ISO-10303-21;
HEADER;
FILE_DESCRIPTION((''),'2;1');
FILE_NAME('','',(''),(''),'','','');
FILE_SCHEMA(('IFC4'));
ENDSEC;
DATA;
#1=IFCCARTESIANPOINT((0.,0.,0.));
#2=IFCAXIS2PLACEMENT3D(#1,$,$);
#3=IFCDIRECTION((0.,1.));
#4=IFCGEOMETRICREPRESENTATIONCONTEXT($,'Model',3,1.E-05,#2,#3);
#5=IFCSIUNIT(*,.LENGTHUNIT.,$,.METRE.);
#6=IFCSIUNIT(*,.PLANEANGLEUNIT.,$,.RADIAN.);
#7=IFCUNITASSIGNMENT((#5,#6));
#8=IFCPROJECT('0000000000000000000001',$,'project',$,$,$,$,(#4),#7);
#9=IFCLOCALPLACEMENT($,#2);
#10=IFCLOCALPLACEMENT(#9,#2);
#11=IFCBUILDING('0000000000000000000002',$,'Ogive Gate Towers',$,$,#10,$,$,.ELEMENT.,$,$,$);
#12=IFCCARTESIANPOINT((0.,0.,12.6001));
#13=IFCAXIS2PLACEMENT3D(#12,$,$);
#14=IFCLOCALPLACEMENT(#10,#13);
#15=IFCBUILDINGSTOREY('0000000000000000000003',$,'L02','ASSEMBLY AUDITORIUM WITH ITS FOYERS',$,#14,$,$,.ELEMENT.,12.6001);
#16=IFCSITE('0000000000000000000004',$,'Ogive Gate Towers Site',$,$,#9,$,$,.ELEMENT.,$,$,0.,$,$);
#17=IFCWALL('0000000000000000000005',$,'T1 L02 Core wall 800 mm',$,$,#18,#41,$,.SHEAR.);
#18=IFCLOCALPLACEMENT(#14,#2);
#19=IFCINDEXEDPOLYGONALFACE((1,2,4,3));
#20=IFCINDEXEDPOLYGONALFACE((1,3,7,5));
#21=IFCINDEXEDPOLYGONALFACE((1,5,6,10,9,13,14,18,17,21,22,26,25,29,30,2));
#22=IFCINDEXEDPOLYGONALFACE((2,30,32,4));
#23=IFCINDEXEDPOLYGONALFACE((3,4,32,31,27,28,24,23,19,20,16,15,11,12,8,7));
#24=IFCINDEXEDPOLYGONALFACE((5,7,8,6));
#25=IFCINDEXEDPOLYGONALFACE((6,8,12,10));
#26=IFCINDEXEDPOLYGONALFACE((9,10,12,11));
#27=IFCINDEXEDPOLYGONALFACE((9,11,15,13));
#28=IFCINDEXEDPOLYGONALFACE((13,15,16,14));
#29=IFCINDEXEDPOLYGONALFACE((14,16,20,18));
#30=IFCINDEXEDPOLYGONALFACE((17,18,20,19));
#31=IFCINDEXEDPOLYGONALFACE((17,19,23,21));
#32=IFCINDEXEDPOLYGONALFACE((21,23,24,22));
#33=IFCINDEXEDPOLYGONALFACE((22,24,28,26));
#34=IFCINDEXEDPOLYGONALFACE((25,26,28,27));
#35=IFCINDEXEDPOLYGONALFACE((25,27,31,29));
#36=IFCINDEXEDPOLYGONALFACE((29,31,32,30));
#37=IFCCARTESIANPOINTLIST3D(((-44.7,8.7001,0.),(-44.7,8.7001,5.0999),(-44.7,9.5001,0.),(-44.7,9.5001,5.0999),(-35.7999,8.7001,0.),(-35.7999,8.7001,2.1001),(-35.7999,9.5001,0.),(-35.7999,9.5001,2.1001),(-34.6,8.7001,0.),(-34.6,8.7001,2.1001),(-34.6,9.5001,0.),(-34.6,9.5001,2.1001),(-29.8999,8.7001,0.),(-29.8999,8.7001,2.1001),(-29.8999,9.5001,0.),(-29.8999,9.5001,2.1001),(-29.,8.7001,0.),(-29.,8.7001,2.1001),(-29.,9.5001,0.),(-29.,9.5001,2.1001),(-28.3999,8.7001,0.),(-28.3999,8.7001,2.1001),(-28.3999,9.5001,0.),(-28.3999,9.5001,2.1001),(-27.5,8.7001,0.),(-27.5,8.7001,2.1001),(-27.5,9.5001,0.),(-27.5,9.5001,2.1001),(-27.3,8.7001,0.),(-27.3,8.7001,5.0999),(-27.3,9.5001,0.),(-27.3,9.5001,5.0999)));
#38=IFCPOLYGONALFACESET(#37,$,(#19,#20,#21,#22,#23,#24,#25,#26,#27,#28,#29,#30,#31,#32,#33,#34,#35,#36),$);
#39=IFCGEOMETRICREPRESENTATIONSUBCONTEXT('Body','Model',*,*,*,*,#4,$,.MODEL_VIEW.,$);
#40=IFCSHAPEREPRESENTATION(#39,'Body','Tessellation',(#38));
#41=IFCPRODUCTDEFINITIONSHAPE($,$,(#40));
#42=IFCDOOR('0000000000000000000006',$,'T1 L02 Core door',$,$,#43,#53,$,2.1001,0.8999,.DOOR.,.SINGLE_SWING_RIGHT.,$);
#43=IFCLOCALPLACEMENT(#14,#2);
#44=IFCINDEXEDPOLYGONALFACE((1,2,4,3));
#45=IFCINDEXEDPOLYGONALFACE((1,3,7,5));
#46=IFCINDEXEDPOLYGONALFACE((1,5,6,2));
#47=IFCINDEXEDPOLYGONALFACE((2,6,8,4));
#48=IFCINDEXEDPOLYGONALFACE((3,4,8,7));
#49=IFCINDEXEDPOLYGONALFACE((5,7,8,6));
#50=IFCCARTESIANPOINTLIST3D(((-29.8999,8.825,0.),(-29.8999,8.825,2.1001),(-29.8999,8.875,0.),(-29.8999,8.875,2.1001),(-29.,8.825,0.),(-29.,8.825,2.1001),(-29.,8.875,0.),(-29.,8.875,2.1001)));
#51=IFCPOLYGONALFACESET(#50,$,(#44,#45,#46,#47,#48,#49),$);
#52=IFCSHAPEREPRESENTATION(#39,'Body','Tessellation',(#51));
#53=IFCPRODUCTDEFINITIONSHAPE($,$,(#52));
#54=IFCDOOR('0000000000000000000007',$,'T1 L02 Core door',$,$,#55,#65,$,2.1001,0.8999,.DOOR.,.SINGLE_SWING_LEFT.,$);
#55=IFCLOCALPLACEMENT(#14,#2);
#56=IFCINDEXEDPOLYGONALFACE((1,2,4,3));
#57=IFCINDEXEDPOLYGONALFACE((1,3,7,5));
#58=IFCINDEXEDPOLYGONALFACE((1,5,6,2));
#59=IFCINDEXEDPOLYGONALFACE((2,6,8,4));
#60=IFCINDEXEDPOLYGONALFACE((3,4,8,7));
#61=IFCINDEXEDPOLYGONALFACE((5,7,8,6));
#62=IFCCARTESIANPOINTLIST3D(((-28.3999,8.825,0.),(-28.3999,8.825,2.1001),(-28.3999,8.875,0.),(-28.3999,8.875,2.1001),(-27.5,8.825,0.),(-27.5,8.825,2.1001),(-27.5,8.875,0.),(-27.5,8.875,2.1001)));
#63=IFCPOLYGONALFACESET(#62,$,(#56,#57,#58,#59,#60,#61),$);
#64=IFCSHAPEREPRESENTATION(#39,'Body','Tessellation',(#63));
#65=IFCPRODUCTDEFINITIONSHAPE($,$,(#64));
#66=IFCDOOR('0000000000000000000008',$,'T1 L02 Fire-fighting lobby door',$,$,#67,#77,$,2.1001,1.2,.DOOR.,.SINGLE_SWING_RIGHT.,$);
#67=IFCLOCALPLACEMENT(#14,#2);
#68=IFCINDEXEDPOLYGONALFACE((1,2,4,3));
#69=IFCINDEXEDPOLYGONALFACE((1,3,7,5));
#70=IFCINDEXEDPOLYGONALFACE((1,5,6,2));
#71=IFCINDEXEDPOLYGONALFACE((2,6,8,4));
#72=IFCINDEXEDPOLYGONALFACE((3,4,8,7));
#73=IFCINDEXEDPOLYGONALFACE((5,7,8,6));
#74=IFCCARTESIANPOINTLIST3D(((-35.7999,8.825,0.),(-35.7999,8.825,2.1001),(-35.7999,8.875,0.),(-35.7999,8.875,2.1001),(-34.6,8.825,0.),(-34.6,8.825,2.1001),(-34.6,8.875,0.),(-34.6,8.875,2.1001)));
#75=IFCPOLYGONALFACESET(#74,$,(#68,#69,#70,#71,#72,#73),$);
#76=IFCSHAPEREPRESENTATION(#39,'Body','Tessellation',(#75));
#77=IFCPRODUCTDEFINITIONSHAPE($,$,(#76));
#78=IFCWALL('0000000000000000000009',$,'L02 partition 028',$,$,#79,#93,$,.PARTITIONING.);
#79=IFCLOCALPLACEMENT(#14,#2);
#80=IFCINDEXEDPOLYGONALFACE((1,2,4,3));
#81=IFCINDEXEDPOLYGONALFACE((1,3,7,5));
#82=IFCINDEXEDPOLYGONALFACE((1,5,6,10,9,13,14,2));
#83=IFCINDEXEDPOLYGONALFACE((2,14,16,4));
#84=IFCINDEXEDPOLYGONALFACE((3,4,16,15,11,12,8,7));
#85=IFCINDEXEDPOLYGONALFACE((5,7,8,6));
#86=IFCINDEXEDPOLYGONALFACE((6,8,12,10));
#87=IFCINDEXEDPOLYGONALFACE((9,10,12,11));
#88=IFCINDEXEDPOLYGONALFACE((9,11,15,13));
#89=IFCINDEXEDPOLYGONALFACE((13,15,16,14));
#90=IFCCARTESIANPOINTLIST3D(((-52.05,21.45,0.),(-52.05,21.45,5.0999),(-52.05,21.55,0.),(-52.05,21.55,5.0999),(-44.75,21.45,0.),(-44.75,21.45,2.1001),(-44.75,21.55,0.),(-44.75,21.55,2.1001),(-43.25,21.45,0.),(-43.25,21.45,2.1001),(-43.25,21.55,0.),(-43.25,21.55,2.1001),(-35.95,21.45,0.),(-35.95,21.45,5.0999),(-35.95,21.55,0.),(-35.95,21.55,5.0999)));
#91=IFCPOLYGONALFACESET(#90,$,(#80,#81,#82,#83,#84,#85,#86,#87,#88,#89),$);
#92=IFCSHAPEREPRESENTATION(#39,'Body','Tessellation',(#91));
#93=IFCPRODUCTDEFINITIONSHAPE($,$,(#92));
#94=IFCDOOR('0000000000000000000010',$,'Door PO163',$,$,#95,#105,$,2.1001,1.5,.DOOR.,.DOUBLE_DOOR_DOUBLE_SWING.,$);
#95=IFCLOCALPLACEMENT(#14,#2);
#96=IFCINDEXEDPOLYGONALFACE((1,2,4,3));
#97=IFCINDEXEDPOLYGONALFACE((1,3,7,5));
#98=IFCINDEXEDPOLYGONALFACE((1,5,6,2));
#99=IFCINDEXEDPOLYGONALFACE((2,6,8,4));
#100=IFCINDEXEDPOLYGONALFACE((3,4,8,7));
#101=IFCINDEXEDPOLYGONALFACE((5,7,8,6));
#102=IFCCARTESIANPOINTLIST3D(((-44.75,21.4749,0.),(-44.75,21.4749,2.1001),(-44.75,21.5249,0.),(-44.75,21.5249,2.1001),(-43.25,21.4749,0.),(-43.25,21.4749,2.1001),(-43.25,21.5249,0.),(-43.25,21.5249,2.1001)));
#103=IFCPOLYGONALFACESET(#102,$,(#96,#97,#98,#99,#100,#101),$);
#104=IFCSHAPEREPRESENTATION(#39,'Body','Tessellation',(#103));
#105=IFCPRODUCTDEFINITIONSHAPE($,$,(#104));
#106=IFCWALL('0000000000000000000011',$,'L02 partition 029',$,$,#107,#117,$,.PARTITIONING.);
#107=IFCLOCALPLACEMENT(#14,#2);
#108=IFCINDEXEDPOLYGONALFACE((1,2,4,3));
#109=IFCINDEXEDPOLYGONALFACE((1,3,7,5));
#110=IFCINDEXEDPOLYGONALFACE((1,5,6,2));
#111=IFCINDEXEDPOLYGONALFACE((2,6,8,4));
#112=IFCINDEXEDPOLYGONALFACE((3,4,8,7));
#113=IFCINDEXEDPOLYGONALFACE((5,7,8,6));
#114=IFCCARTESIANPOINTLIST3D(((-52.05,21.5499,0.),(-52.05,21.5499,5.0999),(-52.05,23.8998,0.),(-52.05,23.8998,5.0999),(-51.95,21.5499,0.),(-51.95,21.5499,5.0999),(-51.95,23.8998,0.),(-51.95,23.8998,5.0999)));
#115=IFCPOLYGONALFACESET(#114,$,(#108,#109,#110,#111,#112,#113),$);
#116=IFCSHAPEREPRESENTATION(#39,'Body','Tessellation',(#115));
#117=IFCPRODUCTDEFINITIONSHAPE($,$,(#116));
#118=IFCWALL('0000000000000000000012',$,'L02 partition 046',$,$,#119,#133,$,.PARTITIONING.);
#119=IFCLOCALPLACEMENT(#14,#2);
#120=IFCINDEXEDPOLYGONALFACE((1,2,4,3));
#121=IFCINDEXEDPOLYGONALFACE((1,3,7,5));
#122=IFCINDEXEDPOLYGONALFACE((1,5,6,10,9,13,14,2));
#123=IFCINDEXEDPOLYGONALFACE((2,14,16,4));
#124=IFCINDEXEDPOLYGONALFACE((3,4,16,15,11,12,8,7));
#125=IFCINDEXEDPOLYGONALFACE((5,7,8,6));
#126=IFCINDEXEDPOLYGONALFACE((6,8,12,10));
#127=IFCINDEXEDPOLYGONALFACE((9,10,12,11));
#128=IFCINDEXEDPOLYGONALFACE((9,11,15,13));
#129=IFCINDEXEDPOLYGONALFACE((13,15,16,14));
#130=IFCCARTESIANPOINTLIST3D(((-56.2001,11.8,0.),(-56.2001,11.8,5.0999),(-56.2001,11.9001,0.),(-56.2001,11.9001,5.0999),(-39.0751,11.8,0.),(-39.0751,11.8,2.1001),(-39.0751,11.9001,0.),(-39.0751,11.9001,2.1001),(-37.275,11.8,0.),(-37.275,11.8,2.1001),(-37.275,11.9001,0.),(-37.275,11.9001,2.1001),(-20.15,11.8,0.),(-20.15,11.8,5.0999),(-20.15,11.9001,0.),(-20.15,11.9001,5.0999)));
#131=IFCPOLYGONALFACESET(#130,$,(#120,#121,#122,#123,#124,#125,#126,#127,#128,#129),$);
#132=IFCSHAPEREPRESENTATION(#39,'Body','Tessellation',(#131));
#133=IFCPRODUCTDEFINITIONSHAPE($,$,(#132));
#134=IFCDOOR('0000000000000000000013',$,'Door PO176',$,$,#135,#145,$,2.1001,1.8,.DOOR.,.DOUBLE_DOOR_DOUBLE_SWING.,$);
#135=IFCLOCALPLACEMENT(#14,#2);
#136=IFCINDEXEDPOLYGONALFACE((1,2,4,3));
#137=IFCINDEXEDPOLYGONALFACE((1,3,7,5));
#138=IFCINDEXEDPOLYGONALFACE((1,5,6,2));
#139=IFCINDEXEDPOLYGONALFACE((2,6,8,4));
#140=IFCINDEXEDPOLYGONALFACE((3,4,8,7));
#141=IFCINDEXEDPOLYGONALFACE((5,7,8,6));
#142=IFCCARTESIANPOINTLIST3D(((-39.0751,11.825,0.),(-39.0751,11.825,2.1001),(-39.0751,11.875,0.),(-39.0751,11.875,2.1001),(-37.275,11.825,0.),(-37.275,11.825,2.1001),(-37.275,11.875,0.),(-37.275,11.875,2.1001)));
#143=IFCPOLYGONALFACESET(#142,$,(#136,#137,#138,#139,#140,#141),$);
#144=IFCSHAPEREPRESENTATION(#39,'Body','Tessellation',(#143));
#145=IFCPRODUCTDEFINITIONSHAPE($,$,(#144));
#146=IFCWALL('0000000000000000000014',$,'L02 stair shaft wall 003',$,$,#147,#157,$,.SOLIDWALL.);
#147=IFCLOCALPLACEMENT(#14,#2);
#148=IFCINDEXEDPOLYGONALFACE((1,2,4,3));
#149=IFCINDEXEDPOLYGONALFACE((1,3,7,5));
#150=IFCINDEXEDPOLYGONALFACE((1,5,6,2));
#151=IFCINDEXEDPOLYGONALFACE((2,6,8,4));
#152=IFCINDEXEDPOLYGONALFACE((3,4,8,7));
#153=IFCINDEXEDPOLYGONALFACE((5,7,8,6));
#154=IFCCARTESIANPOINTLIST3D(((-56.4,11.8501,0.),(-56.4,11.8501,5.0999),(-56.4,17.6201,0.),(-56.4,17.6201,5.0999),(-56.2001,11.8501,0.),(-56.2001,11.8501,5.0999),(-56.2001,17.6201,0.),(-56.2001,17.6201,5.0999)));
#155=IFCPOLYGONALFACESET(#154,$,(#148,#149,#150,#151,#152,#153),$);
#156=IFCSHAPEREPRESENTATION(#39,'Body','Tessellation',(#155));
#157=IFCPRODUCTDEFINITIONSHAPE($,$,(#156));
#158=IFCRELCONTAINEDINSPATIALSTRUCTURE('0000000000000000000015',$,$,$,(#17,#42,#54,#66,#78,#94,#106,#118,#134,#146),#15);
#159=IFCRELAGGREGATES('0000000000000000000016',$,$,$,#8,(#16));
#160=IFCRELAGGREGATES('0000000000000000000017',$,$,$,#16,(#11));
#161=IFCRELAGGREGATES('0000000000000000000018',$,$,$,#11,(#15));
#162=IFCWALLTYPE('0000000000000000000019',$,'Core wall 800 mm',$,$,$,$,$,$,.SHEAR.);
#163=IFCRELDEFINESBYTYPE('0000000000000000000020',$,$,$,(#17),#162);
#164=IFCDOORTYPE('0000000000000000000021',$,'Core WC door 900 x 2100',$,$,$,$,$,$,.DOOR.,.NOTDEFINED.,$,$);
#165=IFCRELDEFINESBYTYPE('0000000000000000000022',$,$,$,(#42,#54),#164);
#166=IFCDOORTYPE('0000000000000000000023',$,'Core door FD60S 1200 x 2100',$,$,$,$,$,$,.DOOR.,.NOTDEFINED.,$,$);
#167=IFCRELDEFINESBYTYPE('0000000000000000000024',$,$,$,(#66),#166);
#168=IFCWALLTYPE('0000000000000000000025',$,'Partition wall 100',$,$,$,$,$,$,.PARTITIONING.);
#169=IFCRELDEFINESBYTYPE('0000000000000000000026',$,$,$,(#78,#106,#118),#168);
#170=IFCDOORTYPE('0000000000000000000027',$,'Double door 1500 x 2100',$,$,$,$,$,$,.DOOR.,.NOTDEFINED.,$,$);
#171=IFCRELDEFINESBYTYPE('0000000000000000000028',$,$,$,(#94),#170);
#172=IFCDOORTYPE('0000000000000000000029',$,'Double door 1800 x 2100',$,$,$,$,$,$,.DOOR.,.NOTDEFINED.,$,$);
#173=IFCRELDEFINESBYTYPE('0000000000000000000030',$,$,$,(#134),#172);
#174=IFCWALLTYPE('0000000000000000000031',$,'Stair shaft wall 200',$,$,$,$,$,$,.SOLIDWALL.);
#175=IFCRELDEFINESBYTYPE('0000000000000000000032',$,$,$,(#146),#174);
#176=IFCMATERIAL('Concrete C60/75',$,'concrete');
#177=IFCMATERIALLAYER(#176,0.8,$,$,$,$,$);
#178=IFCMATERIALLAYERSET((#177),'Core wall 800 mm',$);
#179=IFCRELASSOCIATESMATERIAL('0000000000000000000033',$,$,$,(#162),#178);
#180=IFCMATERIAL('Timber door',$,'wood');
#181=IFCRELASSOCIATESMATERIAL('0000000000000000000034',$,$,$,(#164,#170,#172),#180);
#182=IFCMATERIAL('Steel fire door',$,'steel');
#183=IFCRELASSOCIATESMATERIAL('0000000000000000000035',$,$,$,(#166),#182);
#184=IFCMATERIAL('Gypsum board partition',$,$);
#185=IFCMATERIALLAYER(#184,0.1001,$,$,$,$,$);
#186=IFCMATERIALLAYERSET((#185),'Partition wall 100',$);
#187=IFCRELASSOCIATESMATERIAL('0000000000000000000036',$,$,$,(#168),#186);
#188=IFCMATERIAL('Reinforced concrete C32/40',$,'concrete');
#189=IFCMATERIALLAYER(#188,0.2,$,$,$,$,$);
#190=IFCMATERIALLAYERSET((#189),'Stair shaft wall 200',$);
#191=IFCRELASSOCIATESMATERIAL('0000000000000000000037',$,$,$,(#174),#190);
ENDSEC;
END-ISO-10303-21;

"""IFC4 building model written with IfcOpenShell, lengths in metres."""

from ifc_helpers import new_model, si_unit, direction, frame, frame_2d, origin, place, context, subcontext, project, spatial, rectangle, extrude, material, layer, layer_set, type_object, element, fill, save


model = new_model("IFC4")

# Units and contexts
model_context = context("Model", 3, precision=1e-05, world=origin(), true_north=direction((0.0, 1.0)))
body_context = subcontext(model_context, "Body", "Model", "MODEL_VIEW")
ifc_project = project(units=[si_unit("LENGTHUNIT", "METRE"), si_unit("PLANEANGLEUNIT", "RADIAN")], contexts=[model_context])

# Site, building, storey
site_placement = place(None, origin())
site = spatial("IfcSite", under=ifc_project, at=site_placement, Name="Ogive Gate Towers Site", CompositionType="ELEMENT", RefElevation=0.0)
building_placement = place(site_placement, origin())
building = spatial("IfcBuilding", under=site, at=building_placement, Name="Ogive Gate Towers", CompositionType="ELEMENT")
storey_placement = place(building_placement, frame((0.0, 0.0, 12.6001)))
storey = spatial("IfcBuildingStorey", under=building, at=storey_placement, Name="L02", Description="ASSEMBLY AUDITORIUM WITH ITS FOYERS", CompositionType="ELEMENT", Elevation=12.6001)

# Wall, openings, doors
ifc_material_1 = material(Name="Concrete C60/75", Category="concrete")
ifc_layer_1 = layer(ifc_material_1, 0.8)
ifc_layer_set_1 = layer_set([ifc_layer_1], Name="Core wall 800 mm")
wall_type_1 = type_object("IfcWallType", Name="Core wall 800 mm", PredefinedType="SHEAR", material=ifc_layer_set_1)
wall_1_placement = place(storey_placement, frame((-44.7, 9.1001, 0.0), z_axis=(0.0, 0.0, 1.0), x_axis=(1.0, 0.0, 0.0)))
wall_1 = element("IfcWall", 1, at=wall_1_placement, inside=storey, type_object=wall_type_1, Name="T1 L02 Core wall 800 mm", PredefinedType="SHEAR", context=body_context, shape_type="SweptSolid", body=[
    extrude(rectangle(XDim=17.3999, YDim=0.8, at=frame_2d((8.7, 0.0))), origin(), (0.0, 0.0, 1.0), 5.0999),
])
opening_1_placement = place(wall_1_placement, frame((8.8999, 0.0, 0.0)))
opening_1 = element("IfcOpeningElement", 2, at=opening_1_placement, cuts=wall_1, PredefinedType="OPENING", context=body_context, shape_type="SweptSolid", body=[
    extrude(rectangle(XDim=1.2, YDim=2.1001, at=frame_2d((0.6001, 1.05))), frame((0.0, 0.4102, 0.0), z_axis=(0.0, -1.0, 0.0), x_axis=(1.0, 0.0, 0.0)), (0.0, 0.0, 1.0), 0.8201),
])
opening_2_placement = place(wall_1_placement, frame((14.8, 0.0, 0.0)))
opening_2 = element("IfcOpeningElement", 3, at=opening_2_placement, cuts=wall_1, PredefinedType="OPENING", context=body_context, shape_type="SweptSolid", body=[
    extrude(rectangle(XDim=0.8999, YDim=2.1001, at=frame_2d((0.45, 1.05))), frame((0.0, 0.4102, 0.0), z_axis=(0.0, -1.0, 0.0), x_axis=(1.0, 0.0, 0.0)), (0.0, 0.0, 1.0), 0.8201),
])
opening_3_placement = place(wall_1_placement, frame((16.3, 0.0, 0.0)))
opening_3 = element("IfcOpeningElement", 4, at=opening_3_placement, cuts=wall_1, PredefinedType="OPENING", context=body_context, shape_type="SweptSolid", body=[
    extrude(rectangle(XDim=0.8999, YDim=2.1001, at=frame_2d((0.45, 1.05))), frame((0.0, 0.4102, 0.0), z_axis=(0.0, -1.0, 0.0), x_axis=(1.0, 0.0, 0.0)), (0.0, 0.0, 1.0), 0.8201),
])
ifc_material_2 = material(Name="Timber door", Category="wood")
door_type_1 = type_object("IfcDoorType", Name="Core WC door 900 x 2100", OperationType="NOTDEFINED", PredefinedType="DOOR", material=ifc_material_2)
door_1_placement = place(opening_2_placement, origin())
door_1 = element("IfcDoor", 5, at=door_1_placement, inside=storey, type_object=door_type_1, Name="T1 L02 Core door", OperationType="SINGLE_SWING_RIGHT", OverallHeight=2.1001, OverallWidth=0.8999, PredefinedType="DOOR", context=body_context, shape_type="SweptSolid", body=[
    extrude(rectangle(XDim=0.8999, YDim=2.1001, at=frame_2d((0.45, 1.05))), frame((0.0, -0.2251, 0.0), z_axis=(0.0, -1.0, 0.0), x_axis=(1.0, 0.0, 0.0)), (0.0, 0.0, 1.0), 0.05),
])
fill(opening_2, door_1)
door_2_placement = place(opening_3_placement, origin())
door_2 = element("IfcDoor", 6, at=door_2_placement, inside=storey, type_object=door_type_1, Name="T1 L02 Core door", OperationType="SINGLE_SWING_LEFT", OverallHeight=2.1001, OverallWidth=0.8999, PredefinedType="DOOR", context=body_context, shape_type="SweptSolid", body=[
    extrude(rectangle(XDim=0.8999, YDim=2.1001, at=frame_2d((0.45, 1.05))), frame((0.0, -0.2251, 0.0), z_axis=(0.0, -1.0, 0.0), x_axis=(1.0, 0.0, 0.0)), (0.0, 0.0, 1.0), 0.05),
])
fill(opening_3, door_2)
ifc_material_3 = material(Name="Steel fire door", Category="steel")
door_type_2 = type_object("IfcDoorType", Name="Core door FD60S 1200 x 2100", OperationType="NOTDEFINED", PredefinedType="DOOR", material=ifc_material_3)
door_3_placement = place(opening_1_placement, origin())
door_3 = element("IfcDoor", 7, at=door_3_placement, inside=storey, type_object=door_type_2, Name="T1 L02 Fire-fighting lobby door", OperationType="SINGLE_SWING_RIGHT", OverallHeight=2.1001, OverallWidth=1.2, PredefinedType="DOOR", context=body_context, shape_type="SweptSolid", body=[
    extrude(rectangle(XDim=1.2, YDim=2.1001, at=frame_2d((0.6001, 1.05))), frame((0.0, -0.2251, 0.0), z_axis=(0.0, -1.0, 0.0), x_axis=(1.0, 0.0, 0.0)), (0.0, 0.0, 1.0), 0.05),
])
fill(opening_1, door_3)

# Wall, opening, door
ifc_material_4 = material(Name="Gypsum board partition")
ifc_layer_2 = layer(ifc_material_4, 0.1001)
ifc_layer_set_2 = layer_set([ifc_layer_2], Name="Partition wall 100")
wall_type_2 = type_object("IfcWallType", Name="Partition wall 100", PredefinedType="PARTITIONING", material=ifc_layer_set_2)
wall_2_placement = place(storey_placement, frame((-52.05, 21.5, 0.0), z_axis=(0.0, 0.0, 1.0), x_axis=(1.0, 0.0, 0.0)))
wall_2 = element("IfcWall", 8, at=wall_2_placement, inside=storey, type_object=wall_type_2, Name="L02 partition 028", PredefinedType="PARTITIONING", context=body_context, shape_type="SweptSolid", body=[
    extrude(rectangle(XDim=16.1001, YDim=0.1001, at=frame_2d((8.05, 0.0))), origin(), (0.0, 0.0, 1.0), 5.0999),
])
opening_4_placement = place(wall_2_placement, frame((7.3, 0.0, 0.0)))
opening_4 = element("IfcOpeningElement", 9, at=opening_4_placement, cuts=wall_2, PredefinedType="OPENING", context=body_context, shape_type="SweptSolid", body=[
    extrude(rectangle(XDim=1.5, YDim=2.1001, at=frame_2d((0.75, 1.05))), frame((0.0, 0.0601, 0.0), z_axis=(0.0, -1.0, 0.0), x_axis=(1.0, 0.0, 0.0)), (0.0, 0.0, 1.0), 0.1201),
])
door_type_3 = type_object("IfcDoorType", Name="Double door 1500 x 2100", OperationType="NOTDEFINED", PredefinedType="DOOR", material=ifc_material_2)
door_4_placement = place(opening_4_placement, origin())
door_4 = element("IfcDoor", 10, at=door_4_placement, inside=storey, type_object=door_type_3, Name="Door PO163", OperationType="DOUBLE_DOOR_DOUBLE_SWING", OverallHeight=2.1001, OverallWidth=1.5, PredefinedType="DOOR", context=body_context, shape_type="SweptSolid", body=[
    extrude(rectangle(XDim=1.5, YDim=2.1001, at=frame_2d((0.75, 1.05))), frame((0.0, 0.0249, 0.0), z_axis=(0.0, -1.0, 0.0), x_axis=(1.0, 0.0, 0.0)), (0.0, 0.0, 1.0), 0.05),
])
fill(opening_4, door_4)

# Wall
wall_3_placement = place(storey_placement, frame((-52.0, 21.55, 0.0), z_axis=(0.0, 0.0, 1.0), x_axis=(0.0, 1.0, 0.0)))
element("IfcWall", 11, at=wall_3_placement, inside=storey, type_object=wall_type_2, Name="L02 partition 029", PredefinedType="PARTITIONING", context=body_context, shape_type="SweptSolid", body=[
    extrude(rectangle(XDim=2.3499, YDim=0.1001, at=frame_2d((1.1748, 0.0))), origin(), (0.0, 0.0, 1.0), 5.0999),
])

# Wall, opening, door
wall_4_placement = place(storey_placement, frame((-56.2, 11.8501, 0.0), z_axis=(0.0, 0.0, 1.0), x_axis=(1.0, 0.0, 0.0)))
wall_4 = element("IfcWall", 12, at=wall_4_placement, inside=storey, type_object=wall_type_2, Name="L02 partition 046", PredefinedType="PARTITIONING", context=body_context, shape_type="SweptSolid", body=[
    extrude(rectangle(XDim=36.05, YDim=0.1001, at=frame_2d((18.0249, 0.0))), origin(), (0.0, 0.0, 1.0), 5.0999),
])
opening_5_placement = place(wall_4_placement, frame((17.125, 0.0, 0.0)))
opening_5 = element("IfcOpeningElement", 13, at=opening_5_placement, cuts=wall_4, PredefinedType="OPENING", context=body_context, shape_type="SweptSolid", body=[
    extrude(rectangle(XDim=1.8, YDim=2.1001, at=frame_2d((0.8999, 1.05))), frame((0.0, 0.0601, 0.0), z_axis=(0.0, -1.0, 0.0), x_axis=(1.0, 0.0, 0.0)), (0.0, 0.0, 1.0), 0.1201),
])
door_type_4 = type_object("IfcDoorType", Name="Double door 1800 x 2100", OperationType="NOTDEFINED", PredefinedType="DOOR", material=ifc_material_2)
door_5_placement = place(opening_5_placement, origin())
door_5 = element("IfcDoor", 14, at=door_5_placement, inside=storey, type_object=door_type_4, Name="Door PO176", OperationType="DOUBLE_DOOR_DOUBLE_SWING", OverallHeight=2.1001, OverallWidth=1.8, PredefinedType="DOOR", context=body_context, shape_type="SweptSolid", body=[
    extrude(rectangle(XDim=1.8, YDim=2.1001, at=frame_2d((0.8999, 1.05))), frame((0.0, 0.0249, 0.0), z_axis=(0.0, -1.0, 0.0), x_axis=(1.0, 0.0, 0.0)), (0.0, 0.0, 1.0), 0.05),
])
fill(opening_5, door_5)

# Wall
ifc_material_5 = material(Name="Reinforced concrete C32/40", Category="concrete")
ifc_layer_3 = layer(ifc_material_5, 0.2)
ifc_layer_set_3 = layer_set([ifc_layer_3], Name="Stair shaft wall 200")
wall_type_3 = type_object("IfcWallType", Name="Stair shaft wall 200", PredefinedType="SOLIDWALL", material=ifc_layer_set_3)
wall_5_placement = place(storey_placement, frame((-56.3, 11.8501, 0.0), z_axis=(0.0, 0.0, 1.0), x_axis=(0.0, 1.0, 0.0)))
element("IfcWall", 15, at=wall_5_placement, inside=storey, type_object=wall_type_3, Name="L02 stair shaft wall 003", PredefinedType="SOLIDWALL", context=body_context, shape_type="SweptSolid", body=[
    extrude(rectangle(XDim=5.77, YDim=0.2, at=frame_2d((2.885, 0.0))), origin(), (0.0, 0.0, 1.0), 5.0999),
])

save(model, "model.ifc")
